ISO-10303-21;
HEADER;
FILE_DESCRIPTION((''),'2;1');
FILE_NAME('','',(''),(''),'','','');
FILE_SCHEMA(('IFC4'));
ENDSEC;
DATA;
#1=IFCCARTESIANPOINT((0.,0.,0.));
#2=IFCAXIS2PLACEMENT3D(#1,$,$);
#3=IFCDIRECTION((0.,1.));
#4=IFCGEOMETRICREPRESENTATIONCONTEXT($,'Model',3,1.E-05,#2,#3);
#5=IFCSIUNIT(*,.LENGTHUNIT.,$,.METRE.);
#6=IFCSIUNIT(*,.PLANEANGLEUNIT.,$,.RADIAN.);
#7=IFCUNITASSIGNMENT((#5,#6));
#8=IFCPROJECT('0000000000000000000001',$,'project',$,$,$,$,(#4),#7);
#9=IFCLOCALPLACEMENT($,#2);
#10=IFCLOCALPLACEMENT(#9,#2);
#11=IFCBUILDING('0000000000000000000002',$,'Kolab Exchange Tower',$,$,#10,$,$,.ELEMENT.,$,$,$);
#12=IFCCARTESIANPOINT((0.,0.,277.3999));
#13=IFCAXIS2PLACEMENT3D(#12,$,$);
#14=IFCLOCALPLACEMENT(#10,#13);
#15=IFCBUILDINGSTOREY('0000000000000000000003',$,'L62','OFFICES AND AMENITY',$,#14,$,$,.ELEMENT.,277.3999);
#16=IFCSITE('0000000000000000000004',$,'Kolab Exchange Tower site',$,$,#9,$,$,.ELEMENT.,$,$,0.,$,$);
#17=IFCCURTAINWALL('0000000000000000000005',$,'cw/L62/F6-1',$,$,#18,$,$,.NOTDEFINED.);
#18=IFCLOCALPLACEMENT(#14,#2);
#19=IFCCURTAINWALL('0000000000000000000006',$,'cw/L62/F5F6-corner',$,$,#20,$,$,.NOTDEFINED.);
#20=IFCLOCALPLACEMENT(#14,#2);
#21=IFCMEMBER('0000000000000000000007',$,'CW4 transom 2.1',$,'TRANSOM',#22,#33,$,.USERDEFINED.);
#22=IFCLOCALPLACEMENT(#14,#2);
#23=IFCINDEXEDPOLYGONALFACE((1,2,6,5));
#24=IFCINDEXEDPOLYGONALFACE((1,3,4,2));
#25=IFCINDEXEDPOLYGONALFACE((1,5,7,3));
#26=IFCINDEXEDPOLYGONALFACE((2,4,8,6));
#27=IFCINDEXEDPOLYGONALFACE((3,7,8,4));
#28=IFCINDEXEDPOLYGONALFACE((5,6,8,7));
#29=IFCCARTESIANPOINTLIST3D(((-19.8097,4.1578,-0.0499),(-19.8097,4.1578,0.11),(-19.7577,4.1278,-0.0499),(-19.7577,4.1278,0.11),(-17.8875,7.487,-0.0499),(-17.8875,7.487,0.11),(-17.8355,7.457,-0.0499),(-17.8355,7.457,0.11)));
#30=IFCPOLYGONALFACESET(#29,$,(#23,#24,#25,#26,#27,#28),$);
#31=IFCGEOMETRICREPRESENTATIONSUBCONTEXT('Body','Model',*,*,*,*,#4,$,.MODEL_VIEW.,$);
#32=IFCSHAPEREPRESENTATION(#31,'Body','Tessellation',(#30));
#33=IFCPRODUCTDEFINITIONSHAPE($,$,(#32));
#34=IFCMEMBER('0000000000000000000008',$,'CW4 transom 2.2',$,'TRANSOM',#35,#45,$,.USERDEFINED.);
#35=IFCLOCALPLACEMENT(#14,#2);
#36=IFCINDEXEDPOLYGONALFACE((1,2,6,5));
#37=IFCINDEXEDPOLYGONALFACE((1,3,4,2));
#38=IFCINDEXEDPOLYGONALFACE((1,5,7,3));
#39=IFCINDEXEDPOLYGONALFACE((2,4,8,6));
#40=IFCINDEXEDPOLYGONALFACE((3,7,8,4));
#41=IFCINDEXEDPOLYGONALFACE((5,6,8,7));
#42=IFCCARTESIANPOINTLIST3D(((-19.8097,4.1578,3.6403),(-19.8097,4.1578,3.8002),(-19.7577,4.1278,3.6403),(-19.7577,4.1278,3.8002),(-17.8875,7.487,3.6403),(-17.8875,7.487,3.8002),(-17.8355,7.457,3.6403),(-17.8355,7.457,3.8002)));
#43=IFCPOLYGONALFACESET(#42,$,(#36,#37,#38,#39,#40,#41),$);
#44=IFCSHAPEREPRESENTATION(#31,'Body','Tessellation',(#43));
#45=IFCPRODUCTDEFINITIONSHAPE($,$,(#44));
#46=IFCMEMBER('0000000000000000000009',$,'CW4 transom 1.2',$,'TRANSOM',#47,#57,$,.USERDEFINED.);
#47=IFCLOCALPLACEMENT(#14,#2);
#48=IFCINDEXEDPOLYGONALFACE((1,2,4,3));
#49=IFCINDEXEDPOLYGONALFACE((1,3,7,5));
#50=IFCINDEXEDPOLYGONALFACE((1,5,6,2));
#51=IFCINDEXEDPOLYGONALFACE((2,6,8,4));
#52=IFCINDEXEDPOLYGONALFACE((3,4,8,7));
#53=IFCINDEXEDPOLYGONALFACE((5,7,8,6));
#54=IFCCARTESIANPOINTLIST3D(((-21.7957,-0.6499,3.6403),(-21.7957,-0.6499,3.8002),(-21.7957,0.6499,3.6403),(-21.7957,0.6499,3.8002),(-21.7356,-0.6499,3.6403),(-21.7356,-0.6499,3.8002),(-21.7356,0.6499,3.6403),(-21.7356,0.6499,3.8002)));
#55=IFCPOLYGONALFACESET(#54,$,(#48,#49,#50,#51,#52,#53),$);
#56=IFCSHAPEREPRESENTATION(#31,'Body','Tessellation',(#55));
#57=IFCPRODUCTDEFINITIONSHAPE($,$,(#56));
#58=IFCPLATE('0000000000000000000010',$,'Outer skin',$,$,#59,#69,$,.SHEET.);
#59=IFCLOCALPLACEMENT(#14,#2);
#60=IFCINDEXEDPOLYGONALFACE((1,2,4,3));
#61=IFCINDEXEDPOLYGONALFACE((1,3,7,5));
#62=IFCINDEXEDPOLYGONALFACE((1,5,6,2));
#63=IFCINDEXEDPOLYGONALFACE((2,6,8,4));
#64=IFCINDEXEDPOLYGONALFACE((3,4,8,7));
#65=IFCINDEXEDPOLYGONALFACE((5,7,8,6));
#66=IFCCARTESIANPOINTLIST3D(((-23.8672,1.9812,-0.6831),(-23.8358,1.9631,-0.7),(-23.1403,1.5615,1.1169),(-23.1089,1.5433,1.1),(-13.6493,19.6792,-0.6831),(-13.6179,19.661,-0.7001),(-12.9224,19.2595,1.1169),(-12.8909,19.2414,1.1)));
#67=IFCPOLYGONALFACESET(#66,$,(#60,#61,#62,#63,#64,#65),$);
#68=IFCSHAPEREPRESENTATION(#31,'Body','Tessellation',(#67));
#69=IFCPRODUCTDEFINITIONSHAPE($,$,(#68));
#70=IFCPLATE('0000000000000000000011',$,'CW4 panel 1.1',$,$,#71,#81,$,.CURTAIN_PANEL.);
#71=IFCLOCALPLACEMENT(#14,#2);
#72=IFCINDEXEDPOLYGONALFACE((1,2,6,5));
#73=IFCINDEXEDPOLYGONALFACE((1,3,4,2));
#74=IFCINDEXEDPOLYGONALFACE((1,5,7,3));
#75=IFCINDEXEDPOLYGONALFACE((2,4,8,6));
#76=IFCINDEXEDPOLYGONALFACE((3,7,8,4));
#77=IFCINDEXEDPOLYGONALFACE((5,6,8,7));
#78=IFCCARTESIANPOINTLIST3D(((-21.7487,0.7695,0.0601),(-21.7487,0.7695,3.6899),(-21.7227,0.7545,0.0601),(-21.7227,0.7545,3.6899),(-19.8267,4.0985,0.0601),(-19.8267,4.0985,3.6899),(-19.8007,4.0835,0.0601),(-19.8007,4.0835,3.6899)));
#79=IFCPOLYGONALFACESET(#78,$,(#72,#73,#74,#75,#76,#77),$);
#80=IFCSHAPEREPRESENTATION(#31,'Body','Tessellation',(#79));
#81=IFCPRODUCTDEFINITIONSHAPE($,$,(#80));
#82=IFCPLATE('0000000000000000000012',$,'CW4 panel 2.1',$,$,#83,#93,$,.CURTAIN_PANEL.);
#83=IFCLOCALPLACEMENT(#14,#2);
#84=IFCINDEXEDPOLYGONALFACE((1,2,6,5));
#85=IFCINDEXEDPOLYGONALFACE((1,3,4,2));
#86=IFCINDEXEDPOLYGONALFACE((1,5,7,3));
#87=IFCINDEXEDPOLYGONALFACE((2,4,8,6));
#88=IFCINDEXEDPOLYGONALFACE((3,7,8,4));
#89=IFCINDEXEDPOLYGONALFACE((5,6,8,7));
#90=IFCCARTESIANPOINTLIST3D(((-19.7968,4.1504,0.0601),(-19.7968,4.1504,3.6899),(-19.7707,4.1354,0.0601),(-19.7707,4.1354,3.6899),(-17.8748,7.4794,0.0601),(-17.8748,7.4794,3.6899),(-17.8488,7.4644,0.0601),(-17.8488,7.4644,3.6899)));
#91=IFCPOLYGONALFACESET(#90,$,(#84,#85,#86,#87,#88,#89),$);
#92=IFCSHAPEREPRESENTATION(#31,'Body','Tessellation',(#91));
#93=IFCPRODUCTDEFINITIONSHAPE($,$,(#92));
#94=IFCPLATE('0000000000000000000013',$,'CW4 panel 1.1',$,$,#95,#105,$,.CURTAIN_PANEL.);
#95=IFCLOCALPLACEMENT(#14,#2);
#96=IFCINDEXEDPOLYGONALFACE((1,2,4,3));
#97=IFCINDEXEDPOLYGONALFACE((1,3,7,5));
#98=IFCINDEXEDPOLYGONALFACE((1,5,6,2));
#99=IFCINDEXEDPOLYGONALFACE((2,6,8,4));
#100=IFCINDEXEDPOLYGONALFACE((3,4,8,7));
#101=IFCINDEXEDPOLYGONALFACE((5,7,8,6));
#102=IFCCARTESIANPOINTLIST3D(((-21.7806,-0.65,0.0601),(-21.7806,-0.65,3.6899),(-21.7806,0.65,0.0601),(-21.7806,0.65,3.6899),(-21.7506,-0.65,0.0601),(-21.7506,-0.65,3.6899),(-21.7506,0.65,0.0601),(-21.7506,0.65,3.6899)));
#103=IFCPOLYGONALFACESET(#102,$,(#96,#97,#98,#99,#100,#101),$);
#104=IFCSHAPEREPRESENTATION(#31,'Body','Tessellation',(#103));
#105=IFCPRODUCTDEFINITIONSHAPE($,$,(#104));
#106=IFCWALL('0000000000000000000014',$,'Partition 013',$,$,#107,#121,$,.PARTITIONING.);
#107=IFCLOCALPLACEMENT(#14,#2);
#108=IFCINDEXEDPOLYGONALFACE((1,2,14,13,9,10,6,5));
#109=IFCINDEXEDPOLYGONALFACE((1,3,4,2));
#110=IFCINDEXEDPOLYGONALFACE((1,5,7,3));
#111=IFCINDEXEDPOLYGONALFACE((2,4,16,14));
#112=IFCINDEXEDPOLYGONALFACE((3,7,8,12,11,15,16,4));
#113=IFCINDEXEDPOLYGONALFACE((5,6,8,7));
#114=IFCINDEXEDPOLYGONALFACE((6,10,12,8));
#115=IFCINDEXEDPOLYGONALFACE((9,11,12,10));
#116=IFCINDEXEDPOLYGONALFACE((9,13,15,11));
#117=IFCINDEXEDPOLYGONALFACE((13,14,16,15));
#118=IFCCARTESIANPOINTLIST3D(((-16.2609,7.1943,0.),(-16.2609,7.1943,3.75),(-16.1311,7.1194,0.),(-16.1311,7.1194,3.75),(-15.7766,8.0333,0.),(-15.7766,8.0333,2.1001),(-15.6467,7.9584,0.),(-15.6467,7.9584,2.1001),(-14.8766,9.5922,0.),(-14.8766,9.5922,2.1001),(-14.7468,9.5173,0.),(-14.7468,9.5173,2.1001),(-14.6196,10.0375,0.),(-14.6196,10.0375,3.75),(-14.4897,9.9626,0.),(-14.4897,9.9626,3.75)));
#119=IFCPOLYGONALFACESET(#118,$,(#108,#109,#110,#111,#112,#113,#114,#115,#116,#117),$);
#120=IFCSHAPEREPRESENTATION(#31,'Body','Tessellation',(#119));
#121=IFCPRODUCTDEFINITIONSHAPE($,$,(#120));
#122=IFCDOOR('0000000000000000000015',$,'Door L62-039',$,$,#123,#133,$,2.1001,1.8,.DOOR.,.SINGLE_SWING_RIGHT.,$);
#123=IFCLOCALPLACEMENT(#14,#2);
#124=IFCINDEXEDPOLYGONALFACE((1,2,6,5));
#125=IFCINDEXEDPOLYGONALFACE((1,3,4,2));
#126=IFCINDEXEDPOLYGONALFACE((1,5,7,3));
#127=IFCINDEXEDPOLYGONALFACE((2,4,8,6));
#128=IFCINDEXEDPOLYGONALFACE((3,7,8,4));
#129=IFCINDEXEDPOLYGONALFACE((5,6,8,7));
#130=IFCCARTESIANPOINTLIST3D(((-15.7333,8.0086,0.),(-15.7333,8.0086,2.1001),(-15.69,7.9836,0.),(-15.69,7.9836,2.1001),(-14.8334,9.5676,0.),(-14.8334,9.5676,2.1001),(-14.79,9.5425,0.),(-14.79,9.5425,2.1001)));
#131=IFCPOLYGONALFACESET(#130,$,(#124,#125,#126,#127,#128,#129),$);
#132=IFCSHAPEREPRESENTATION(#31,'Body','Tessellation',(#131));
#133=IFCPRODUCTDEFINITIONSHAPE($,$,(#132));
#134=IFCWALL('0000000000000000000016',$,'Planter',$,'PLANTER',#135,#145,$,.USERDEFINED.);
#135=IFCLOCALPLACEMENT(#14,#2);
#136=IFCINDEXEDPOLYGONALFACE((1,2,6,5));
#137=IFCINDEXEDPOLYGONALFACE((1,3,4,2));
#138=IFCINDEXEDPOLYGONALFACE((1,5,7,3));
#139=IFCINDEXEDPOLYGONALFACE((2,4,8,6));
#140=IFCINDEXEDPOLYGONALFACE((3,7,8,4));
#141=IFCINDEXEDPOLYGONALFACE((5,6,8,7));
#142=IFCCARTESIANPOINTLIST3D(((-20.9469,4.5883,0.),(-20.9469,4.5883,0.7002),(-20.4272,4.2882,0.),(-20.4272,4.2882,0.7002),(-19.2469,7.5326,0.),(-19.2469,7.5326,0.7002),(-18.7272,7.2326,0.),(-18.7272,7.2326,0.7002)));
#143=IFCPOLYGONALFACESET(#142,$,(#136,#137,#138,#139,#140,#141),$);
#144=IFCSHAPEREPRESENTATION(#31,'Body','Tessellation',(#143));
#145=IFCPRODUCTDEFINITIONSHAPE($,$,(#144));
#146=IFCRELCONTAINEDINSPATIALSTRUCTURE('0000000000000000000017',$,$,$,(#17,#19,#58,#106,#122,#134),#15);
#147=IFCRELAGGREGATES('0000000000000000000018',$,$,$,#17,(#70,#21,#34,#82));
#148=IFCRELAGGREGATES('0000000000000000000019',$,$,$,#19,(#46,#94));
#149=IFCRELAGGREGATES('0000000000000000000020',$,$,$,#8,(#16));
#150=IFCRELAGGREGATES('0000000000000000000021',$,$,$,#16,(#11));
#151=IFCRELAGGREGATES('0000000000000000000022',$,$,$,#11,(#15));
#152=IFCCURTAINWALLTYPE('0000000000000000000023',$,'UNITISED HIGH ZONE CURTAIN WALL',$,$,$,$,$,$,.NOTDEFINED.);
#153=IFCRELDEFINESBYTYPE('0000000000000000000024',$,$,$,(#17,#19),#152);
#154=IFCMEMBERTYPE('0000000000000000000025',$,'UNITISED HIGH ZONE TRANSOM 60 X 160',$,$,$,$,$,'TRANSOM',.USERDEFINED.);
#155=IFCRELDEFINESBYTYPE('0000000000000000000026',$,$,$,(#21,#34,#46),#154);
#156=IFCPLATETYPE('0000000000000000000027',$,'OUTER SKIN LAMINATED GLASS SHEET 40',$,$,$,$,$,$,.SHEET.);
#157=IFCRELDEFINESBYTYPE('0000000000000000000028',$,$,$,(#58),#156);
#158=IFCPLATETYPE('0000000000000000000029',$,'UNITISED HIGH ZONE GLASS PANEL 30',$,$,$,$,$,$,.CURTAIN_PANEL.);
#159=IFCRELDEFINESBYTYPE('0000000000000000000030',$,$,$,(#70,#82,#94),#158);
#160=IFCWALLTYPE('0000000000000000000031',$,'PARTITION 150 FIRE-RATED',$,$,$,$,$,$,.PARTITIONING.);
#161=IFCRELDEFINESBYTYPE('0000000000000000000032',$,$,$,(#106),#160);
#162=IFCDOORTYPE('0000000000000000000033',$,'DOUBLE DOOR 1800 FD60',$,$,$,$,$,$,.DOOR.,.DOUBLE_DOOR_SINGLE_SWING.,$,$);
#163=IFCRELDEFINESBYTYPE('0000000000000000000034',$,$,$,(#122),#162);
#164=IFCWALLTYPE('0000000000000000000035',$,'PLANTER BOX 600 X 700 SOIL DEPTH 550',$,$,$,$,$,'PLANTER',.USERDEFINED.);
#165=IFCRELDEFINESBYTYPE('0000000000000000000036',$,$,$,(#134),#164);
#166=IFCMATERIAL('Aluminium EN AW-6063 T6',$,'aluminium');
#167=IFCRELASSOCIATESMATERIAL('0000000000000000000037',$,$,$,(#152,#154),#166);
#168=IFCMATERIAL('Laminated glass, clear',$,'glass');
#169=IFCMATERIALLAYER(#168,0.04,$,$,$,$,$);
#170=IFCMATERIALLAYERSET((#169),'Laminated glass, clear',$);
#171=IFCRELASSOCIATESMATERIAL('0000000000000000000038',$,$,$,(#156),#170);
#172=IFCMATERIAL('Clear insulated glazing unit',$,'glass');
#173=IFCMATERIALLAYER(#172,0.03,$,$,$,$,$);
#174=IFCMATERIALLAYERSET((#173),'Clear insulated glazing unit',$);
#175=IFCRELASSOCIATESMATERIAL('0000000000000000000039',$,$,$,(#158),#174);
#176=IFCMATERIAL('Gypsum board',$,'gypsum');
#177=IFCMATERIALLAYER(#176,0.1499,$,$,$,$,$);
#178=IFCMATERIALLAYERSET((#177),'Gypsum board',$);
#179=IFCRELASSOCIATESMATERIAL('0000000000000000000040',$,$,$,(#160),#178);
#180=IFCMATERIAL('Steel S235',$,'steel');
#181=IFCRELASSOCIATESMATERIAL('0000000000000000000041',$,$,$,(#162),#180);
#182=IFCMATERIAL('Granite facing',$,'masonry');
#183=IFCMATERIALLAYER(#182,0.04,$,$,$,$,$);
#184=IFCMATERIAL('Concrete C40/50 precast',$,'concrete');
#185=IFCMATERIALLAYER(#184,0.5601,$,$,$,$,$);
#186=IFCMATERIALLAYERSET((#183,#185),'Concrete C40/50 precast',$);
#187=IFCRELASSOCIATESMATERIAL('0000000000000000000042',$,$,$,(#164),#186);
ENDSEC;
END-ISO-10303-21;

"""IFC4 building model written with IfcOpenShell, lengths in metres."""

from ifc_helpers import new_model, si_unit, direction, frame, frame_2d, origin, origin_2d, place, context, subcontext, project, spatial, polyline, rectangle, outline, extrude, material, layer, layer_set, material_profile, profile_set, type_object, element, fill, aggregate, save


model = new_model("IFC4")

# Units and contexts
model_context = context("Model", 3, precision=1e-05, world=origin(), true_north=direction((0.0, 1.0)))
body_context = subcontext(model_context, "Body", "Model", "MODEL_VIEW")
ifc_project = project(units=[si_unit("LENGTHUNIT", "METRE"), si_unit("PLANEANGLEUNIT", "RADIAN")], contexts=[model_context])

# Site, building, storey
site_placement = place(None, origin())
site = spatial("IfcSite", under=ifc_project, at=site_placement, Name="Kolab Exchange Tower site", CompositionType="ELEMENT", RefElevation=0.0)
building_placement = place(site_placement, origin())
building = spatial("IfcBuilding", under=site, at=building_placement, Name="Kolab Exchange Tower", CompositionType="ELEMENT")
storey_placement = place(building_placement, frame((0.0, 0.0, 277.3999)))
storey = spatial("IfcBuildingStorey", under=building, at=storey_placement, Name="L62", Description="OFFICES AND AMENITY", CompositionType="ELEMENT", Elevation=277.3999)

# Curtain wall
ifc_material_1 = material(Name="Aluminium EN AW-6063 T6", Category="aluminium")
curtain_wall_type = type_object("IfcCurtainWallType", Name="UNITISED HIGH ZONE CURTAIN WALL", PredefinedType="NOTDEFINED", material=ifc_material_1)
curtain_wall_1_placement = place(storey_placement, origin())
curtain_wall_1 = element("IfcCurtainWall", 1, at=curtain_wall_1_placement, inside=storey, type_object=curtain_wall_type, Name="cw/L62/F6-1", PredefinedType="NOTDEFINED")

# Curtain wall
curtain_wall_2_placement = place(storey_placement, origin())
curtain_wall_2 = element("IfcCurtainWall", 2, at=curtain_wall_2_placement, inside=storey, type_object=curtain_wall_type, Name="cw/L62/F5F6-corner", PredefinedType="NOTDEFINED")

# Members
ifc_material_profile_1 = material_profile(ifc_material_1, rectangle(XDim=0.0601, YDim=0.1599, at=origin_2d()), Name="RECT 60X160")
ifc_profile_set_1 = profile_set([ifc_material_profile_1], Name="Aluminium EN AW-6063 T6")
member_type_1 = type_object("IfcMemberType", Name="UNITISED HIGH ZONE TRANSOM 60 X 160", ElementType="TRANSOM", PredefinedType="USERDEFINED", material=ifc_profile_set_1)
member_1_placement = place(storey_placement, frame((-19.7837, 4.1428, 0.03), z_axis=(0.500012, 0.866018, 0.0), x_axis=(-0.866018, 0.500012, 0.0)))
member_1 = element("IfcMember", 3, at=member_1_placement, type_object=member_type_1, Name="CW4 transom 2.1", ObjectType="TRANSOM", PredefinedType="USERDEFINED", context=body_context, shape_type="SweptSolid", body=[
    extrude(rectangle(XDim=0.0601, YDim=0.1599, at=origin_2d()), origin(), (0.0, 0.0, 1.0), 3.8442),
])
member_2_placement = place(storey_placement, frame((-19.7837, 4.1428, 3.7202), z_axis=(0.500012, 0.866018, 0.0), x_axis=(-0.866018, 0.500012, 0.0)))
member_2 = element("IfcMember", 4, at=member_2_placement, type_object=member_type_1, Name="CW4 transom 2.2", ObjectType="TRANSOM", PredefinedType="USERDEFINED", context=body_context, shape_type="SweptSolid", body=[
    extrude(rectangle(XDim=0.0601, YDim=0.1599, at=origin_2d()), origin(), (0.0, 0.0, 1.0), 3.8442),
])
member_3_placement = place(storey_placement, frame((-21.7656, -0.6499, 3.7202), z_axis=(0.0, 1.0, 0.0), x_axis=(-1.0, 0.0, 0.0)))
member_3 = element("IfcMember", 5, at=member_3_placement, type_object=member_type_1, Name="CW4 transom 1.2", ObjectType="TRANSOM", PredefinedType="USERDEFINED", context=body_context, shape_type="SweptSolid", body=[
    extrude(rectangle(XDim=0.0601, YDim=0.1599, at=origin_2d()), origin(), (0.0, 0.0, 1.0), 1.2998),
])

# Plates
ifc_material_2 = material(Name="Laminated glass, clear", Category="glass")
ifc_layer_1 = layer(ifc_material_2, 0.04)
ifc_layer_set_1 = layer_set([ifc_layer_1], Name="Laminated glass, clear")
plate_type_1 = type_object("IfcPlateType", Name="OUTER SKIN LAMINATED GLASS SHEET 40", PredefinedType="SHEET", material=ifc_layer_set_1)
plate_1_placement = place(storey_placement, frame((-23.8672, 1.9812, -0.6831), z_axis=(-0.784886, 0.453152, 0.422619), x_axis=(0.499997, 0.866027, -0.000002)))
element("IfcPlate", 6, at=plate_1_placement, inside=storey, type_object=plate_type_1, Name="Outer skin", PredefinedType="SHEET", context=body_context, shape_type="SweptSolid", body=[
    extrude(outline(polyline([(0.0, 0.0), (20.4358, 0.0), (20.4359, -1.9862), (-0.0001, -1.9861), (0.0, 0.0)])), origin(), (0.0, 0.0, -1.0), 0.04),
])
ifc_material_3 = material(Name="Clear insulated glazing unit", Category="glass")
ifc_layer_2 = layer(ifc_material_3, 0.03)
ifc_layer_set_2 = layer_set([ifc_layer_2], Name="Clear insulated glazing unit")
plate_type_2 = type_object("IfcPlateType", Name="UNITISED HIGH ZONE GLASS PANEL 30", PredefinedType="CURTAIN_PANEL", material=ifc_layer_set_2)
plate_2_placement = place(storey_placement, frame((-20.7747, 2.4265, 0.0601), z_axis=(0.0, 0.0, 1.0), x_axis=(0.5, 0.866025, 0.0)))
plate_2 = element("IfcPlate", 7, at=plate_2_placement, type_object=plate_type_2, Name="CW4 panel 1.1", PredefinedType="CURTAIN_PANEL", context=body_context, shape_type="SweptSolid", body=[
    extrude(rectangle(XDim=3.844, YDim=0.03, at=origin_2d()), origin(), (0.0, 0.0, 1.0), 3.6299),
])
plate_3_placement = place(storey_placement, frame((-18.8228, 5.8074, 0.0601), z_axis=(0.0, 0.0, 1.0), x_axis=(0.5, 0.866025, 0.0)))
plate_3 = element("IfcPlate", 8, at=plate_3_placement, type_object=plate_type_2, Name="CW4 panel 2.1", PredefinedType="CURTAIN_PANEL", context=body_context, shape_type="SweptSolid", body=[
    extrude(rectangle(XDim=3.844, YDim=0.03, at=origin_2d()), origin(), (0.0, 0.0, 1.0), 3.6299),
])
aggregate(curtain_wall_1, [plate_2, member_1, member_2, plate_3])
plate_4_placement = place(storey_placement, frame((-21.7656, 0.0, 0.0601), z_axis=(0.0, 0.0, 1.0), x_axis=(0.0, 1.0, 0.0)))
plate_4 = element("IfcPlate", 9, at=plate_4_placement, type_object=plate_type_2, Name="CW4 panel 1.1", PredefinedType="CURTAIN_PANEL", context=body_context, shape_type="SweptSolid", body=[
    extrude(rectangle(XDim=1.3, YDim=0.03, at=origin_2d()), origin(), (0.0, 0.0, 1.0), 3.6299),
])
aggregate(curtain_wall_2, [member_3, plate_4])

# Wall, opening, door
ifc_material_4 = material(Name="Gypsum board", Category="gypsum")
ifc_layer_3 = layer(ifc_material_4, 0.1499)
ifc_layer_set_3 = layer_set([ifc_layer_3], Name="Gypsum board")
wall_type_1 = type_object("IfcWallType", Name="PARTITION 150 FIRE-RATED", PredefinedType="PARTITIONING", material=ifc_layer_set_3)
wall_1_placement = place(storey_placement, frame((-16.196, 7.1567, 0.0), z_axis=(0.0, 0.0, 1.0), x_axis=(0.499954, 0.866052, 0.0)))
wall_1 = element("IfcWall", 10, at=wall_1_placement, inside=storey, type_object=wall_type_1, Name="Partition 013", PredefinedType="PARTITIONING", context=body_context, shape_type="SweptSolid", body=[
    extrude(rectangle(XDim=3.283, YDim=0.1499, at=frame_2d((1.6416, 0.0))), origin(), (0.0, 0.0, 1.0), 3.75),
])
opening_placement = place(wall_1_placement, frame((0.969, 0.0, 0.0)))
opening = element("IfcOpeningElement", 11, at=opening_placement, cuts=wall_1, PredefinedType="OPENING", context=body_context, shape_type="SweptSolid", body=[
    extrude(rectangle(XDim=1.8, YDim=2.1001, at=frame_2d((0.8999, 1.05))), frame((0.0, 0.085, 0.0), z_axis=(0.0, -1.0, 0.0), x_axis=(1.0, 0.0, 0.0)), (0.0, 0.0, 1.0), 0.1699),
])
ifc_material_5 = material(Name="Steel S235", Category="steel")
door_type = type_object("IfcDoorType", Name="DOUBLE DOOR 1800 FD60", OperationType="DOUBLE_DOOR_SINGLE_SWING", PredefinedType="DOOR", material=ifc_material_5)
door_placement = place(opening_placement, frame((1.8, 0.0, 0.0), z_axis=(0.0, 0.0, 1.0), x_axis=(-1.0, 0.0, 0.0)))
door = element("IfcDoor", 12, at=door_placement, inside=storey, type_object=door_type, Name="Door L62-039", OperationType="SINGLE_SWING_RIGHT", OverallHeight=2.1001, OverallWidth=1.8, PredefinedType="DOOR", context=body_context, shape_type="SweptSolid", body=[
    extrude(rectangle(XDim=1.8, YDim=2.1001, at=frame_2d((0.8999, 1.05))), frame((0.0, 0.0249, 0.0), z_axis=(0.0, -1.0, 0.0), x_axis=(1.0, 0.0, 0.0)), (0.0, 0.0, 1.0), 0.05),
])
fill(opening, door)

# Wall
ifc_material_6 = material(Name="Granite facing", Category="masonry")
ifc_layer_4 = layer(ifc_material_6, 0.04)
ifc_material_7 = material(Name="Concrete C40/50 precast", Category="concrete")
ifc_layer_5 = layer(ifc_material_7, 0.5601)
ifc_layer_set_4 = layer_set([ifc_layer_4, ifc_layer_5], Name="Concrete C40/50 precast")
wall_type_2 = type_object("IfcWallType", Name="PLANTER BOX 600 X 700 SOIL DEPTH 550", ElementType="PLANTER", PredefinedType="USERDEFINED", material=ifc_layer_set_4)
wall_2_placement = place(storey_placement, frame((-20.687, 4.4382, 0.0), z_axis=(0.0, 0.0, 1.0), x_axis=(0.500008, 0.866021, 0.0)))
element("IfcWall", 13, at=wall_2_placement, inside=storey, type_object=wall_type_2, Name="Planter", ObjectType="PLANTER", PredefinedType="USERDEFINED", context=body_context, shape_type="SweptSolid", body=[
    extrude(rectangle(XDim=3.3999, YDim=0.6001, at=frame_2d((1.7, 0.0))), origin(), (0.0, 0.0, 1.0), 0.7002),
])

save(model, "model.ifc")
